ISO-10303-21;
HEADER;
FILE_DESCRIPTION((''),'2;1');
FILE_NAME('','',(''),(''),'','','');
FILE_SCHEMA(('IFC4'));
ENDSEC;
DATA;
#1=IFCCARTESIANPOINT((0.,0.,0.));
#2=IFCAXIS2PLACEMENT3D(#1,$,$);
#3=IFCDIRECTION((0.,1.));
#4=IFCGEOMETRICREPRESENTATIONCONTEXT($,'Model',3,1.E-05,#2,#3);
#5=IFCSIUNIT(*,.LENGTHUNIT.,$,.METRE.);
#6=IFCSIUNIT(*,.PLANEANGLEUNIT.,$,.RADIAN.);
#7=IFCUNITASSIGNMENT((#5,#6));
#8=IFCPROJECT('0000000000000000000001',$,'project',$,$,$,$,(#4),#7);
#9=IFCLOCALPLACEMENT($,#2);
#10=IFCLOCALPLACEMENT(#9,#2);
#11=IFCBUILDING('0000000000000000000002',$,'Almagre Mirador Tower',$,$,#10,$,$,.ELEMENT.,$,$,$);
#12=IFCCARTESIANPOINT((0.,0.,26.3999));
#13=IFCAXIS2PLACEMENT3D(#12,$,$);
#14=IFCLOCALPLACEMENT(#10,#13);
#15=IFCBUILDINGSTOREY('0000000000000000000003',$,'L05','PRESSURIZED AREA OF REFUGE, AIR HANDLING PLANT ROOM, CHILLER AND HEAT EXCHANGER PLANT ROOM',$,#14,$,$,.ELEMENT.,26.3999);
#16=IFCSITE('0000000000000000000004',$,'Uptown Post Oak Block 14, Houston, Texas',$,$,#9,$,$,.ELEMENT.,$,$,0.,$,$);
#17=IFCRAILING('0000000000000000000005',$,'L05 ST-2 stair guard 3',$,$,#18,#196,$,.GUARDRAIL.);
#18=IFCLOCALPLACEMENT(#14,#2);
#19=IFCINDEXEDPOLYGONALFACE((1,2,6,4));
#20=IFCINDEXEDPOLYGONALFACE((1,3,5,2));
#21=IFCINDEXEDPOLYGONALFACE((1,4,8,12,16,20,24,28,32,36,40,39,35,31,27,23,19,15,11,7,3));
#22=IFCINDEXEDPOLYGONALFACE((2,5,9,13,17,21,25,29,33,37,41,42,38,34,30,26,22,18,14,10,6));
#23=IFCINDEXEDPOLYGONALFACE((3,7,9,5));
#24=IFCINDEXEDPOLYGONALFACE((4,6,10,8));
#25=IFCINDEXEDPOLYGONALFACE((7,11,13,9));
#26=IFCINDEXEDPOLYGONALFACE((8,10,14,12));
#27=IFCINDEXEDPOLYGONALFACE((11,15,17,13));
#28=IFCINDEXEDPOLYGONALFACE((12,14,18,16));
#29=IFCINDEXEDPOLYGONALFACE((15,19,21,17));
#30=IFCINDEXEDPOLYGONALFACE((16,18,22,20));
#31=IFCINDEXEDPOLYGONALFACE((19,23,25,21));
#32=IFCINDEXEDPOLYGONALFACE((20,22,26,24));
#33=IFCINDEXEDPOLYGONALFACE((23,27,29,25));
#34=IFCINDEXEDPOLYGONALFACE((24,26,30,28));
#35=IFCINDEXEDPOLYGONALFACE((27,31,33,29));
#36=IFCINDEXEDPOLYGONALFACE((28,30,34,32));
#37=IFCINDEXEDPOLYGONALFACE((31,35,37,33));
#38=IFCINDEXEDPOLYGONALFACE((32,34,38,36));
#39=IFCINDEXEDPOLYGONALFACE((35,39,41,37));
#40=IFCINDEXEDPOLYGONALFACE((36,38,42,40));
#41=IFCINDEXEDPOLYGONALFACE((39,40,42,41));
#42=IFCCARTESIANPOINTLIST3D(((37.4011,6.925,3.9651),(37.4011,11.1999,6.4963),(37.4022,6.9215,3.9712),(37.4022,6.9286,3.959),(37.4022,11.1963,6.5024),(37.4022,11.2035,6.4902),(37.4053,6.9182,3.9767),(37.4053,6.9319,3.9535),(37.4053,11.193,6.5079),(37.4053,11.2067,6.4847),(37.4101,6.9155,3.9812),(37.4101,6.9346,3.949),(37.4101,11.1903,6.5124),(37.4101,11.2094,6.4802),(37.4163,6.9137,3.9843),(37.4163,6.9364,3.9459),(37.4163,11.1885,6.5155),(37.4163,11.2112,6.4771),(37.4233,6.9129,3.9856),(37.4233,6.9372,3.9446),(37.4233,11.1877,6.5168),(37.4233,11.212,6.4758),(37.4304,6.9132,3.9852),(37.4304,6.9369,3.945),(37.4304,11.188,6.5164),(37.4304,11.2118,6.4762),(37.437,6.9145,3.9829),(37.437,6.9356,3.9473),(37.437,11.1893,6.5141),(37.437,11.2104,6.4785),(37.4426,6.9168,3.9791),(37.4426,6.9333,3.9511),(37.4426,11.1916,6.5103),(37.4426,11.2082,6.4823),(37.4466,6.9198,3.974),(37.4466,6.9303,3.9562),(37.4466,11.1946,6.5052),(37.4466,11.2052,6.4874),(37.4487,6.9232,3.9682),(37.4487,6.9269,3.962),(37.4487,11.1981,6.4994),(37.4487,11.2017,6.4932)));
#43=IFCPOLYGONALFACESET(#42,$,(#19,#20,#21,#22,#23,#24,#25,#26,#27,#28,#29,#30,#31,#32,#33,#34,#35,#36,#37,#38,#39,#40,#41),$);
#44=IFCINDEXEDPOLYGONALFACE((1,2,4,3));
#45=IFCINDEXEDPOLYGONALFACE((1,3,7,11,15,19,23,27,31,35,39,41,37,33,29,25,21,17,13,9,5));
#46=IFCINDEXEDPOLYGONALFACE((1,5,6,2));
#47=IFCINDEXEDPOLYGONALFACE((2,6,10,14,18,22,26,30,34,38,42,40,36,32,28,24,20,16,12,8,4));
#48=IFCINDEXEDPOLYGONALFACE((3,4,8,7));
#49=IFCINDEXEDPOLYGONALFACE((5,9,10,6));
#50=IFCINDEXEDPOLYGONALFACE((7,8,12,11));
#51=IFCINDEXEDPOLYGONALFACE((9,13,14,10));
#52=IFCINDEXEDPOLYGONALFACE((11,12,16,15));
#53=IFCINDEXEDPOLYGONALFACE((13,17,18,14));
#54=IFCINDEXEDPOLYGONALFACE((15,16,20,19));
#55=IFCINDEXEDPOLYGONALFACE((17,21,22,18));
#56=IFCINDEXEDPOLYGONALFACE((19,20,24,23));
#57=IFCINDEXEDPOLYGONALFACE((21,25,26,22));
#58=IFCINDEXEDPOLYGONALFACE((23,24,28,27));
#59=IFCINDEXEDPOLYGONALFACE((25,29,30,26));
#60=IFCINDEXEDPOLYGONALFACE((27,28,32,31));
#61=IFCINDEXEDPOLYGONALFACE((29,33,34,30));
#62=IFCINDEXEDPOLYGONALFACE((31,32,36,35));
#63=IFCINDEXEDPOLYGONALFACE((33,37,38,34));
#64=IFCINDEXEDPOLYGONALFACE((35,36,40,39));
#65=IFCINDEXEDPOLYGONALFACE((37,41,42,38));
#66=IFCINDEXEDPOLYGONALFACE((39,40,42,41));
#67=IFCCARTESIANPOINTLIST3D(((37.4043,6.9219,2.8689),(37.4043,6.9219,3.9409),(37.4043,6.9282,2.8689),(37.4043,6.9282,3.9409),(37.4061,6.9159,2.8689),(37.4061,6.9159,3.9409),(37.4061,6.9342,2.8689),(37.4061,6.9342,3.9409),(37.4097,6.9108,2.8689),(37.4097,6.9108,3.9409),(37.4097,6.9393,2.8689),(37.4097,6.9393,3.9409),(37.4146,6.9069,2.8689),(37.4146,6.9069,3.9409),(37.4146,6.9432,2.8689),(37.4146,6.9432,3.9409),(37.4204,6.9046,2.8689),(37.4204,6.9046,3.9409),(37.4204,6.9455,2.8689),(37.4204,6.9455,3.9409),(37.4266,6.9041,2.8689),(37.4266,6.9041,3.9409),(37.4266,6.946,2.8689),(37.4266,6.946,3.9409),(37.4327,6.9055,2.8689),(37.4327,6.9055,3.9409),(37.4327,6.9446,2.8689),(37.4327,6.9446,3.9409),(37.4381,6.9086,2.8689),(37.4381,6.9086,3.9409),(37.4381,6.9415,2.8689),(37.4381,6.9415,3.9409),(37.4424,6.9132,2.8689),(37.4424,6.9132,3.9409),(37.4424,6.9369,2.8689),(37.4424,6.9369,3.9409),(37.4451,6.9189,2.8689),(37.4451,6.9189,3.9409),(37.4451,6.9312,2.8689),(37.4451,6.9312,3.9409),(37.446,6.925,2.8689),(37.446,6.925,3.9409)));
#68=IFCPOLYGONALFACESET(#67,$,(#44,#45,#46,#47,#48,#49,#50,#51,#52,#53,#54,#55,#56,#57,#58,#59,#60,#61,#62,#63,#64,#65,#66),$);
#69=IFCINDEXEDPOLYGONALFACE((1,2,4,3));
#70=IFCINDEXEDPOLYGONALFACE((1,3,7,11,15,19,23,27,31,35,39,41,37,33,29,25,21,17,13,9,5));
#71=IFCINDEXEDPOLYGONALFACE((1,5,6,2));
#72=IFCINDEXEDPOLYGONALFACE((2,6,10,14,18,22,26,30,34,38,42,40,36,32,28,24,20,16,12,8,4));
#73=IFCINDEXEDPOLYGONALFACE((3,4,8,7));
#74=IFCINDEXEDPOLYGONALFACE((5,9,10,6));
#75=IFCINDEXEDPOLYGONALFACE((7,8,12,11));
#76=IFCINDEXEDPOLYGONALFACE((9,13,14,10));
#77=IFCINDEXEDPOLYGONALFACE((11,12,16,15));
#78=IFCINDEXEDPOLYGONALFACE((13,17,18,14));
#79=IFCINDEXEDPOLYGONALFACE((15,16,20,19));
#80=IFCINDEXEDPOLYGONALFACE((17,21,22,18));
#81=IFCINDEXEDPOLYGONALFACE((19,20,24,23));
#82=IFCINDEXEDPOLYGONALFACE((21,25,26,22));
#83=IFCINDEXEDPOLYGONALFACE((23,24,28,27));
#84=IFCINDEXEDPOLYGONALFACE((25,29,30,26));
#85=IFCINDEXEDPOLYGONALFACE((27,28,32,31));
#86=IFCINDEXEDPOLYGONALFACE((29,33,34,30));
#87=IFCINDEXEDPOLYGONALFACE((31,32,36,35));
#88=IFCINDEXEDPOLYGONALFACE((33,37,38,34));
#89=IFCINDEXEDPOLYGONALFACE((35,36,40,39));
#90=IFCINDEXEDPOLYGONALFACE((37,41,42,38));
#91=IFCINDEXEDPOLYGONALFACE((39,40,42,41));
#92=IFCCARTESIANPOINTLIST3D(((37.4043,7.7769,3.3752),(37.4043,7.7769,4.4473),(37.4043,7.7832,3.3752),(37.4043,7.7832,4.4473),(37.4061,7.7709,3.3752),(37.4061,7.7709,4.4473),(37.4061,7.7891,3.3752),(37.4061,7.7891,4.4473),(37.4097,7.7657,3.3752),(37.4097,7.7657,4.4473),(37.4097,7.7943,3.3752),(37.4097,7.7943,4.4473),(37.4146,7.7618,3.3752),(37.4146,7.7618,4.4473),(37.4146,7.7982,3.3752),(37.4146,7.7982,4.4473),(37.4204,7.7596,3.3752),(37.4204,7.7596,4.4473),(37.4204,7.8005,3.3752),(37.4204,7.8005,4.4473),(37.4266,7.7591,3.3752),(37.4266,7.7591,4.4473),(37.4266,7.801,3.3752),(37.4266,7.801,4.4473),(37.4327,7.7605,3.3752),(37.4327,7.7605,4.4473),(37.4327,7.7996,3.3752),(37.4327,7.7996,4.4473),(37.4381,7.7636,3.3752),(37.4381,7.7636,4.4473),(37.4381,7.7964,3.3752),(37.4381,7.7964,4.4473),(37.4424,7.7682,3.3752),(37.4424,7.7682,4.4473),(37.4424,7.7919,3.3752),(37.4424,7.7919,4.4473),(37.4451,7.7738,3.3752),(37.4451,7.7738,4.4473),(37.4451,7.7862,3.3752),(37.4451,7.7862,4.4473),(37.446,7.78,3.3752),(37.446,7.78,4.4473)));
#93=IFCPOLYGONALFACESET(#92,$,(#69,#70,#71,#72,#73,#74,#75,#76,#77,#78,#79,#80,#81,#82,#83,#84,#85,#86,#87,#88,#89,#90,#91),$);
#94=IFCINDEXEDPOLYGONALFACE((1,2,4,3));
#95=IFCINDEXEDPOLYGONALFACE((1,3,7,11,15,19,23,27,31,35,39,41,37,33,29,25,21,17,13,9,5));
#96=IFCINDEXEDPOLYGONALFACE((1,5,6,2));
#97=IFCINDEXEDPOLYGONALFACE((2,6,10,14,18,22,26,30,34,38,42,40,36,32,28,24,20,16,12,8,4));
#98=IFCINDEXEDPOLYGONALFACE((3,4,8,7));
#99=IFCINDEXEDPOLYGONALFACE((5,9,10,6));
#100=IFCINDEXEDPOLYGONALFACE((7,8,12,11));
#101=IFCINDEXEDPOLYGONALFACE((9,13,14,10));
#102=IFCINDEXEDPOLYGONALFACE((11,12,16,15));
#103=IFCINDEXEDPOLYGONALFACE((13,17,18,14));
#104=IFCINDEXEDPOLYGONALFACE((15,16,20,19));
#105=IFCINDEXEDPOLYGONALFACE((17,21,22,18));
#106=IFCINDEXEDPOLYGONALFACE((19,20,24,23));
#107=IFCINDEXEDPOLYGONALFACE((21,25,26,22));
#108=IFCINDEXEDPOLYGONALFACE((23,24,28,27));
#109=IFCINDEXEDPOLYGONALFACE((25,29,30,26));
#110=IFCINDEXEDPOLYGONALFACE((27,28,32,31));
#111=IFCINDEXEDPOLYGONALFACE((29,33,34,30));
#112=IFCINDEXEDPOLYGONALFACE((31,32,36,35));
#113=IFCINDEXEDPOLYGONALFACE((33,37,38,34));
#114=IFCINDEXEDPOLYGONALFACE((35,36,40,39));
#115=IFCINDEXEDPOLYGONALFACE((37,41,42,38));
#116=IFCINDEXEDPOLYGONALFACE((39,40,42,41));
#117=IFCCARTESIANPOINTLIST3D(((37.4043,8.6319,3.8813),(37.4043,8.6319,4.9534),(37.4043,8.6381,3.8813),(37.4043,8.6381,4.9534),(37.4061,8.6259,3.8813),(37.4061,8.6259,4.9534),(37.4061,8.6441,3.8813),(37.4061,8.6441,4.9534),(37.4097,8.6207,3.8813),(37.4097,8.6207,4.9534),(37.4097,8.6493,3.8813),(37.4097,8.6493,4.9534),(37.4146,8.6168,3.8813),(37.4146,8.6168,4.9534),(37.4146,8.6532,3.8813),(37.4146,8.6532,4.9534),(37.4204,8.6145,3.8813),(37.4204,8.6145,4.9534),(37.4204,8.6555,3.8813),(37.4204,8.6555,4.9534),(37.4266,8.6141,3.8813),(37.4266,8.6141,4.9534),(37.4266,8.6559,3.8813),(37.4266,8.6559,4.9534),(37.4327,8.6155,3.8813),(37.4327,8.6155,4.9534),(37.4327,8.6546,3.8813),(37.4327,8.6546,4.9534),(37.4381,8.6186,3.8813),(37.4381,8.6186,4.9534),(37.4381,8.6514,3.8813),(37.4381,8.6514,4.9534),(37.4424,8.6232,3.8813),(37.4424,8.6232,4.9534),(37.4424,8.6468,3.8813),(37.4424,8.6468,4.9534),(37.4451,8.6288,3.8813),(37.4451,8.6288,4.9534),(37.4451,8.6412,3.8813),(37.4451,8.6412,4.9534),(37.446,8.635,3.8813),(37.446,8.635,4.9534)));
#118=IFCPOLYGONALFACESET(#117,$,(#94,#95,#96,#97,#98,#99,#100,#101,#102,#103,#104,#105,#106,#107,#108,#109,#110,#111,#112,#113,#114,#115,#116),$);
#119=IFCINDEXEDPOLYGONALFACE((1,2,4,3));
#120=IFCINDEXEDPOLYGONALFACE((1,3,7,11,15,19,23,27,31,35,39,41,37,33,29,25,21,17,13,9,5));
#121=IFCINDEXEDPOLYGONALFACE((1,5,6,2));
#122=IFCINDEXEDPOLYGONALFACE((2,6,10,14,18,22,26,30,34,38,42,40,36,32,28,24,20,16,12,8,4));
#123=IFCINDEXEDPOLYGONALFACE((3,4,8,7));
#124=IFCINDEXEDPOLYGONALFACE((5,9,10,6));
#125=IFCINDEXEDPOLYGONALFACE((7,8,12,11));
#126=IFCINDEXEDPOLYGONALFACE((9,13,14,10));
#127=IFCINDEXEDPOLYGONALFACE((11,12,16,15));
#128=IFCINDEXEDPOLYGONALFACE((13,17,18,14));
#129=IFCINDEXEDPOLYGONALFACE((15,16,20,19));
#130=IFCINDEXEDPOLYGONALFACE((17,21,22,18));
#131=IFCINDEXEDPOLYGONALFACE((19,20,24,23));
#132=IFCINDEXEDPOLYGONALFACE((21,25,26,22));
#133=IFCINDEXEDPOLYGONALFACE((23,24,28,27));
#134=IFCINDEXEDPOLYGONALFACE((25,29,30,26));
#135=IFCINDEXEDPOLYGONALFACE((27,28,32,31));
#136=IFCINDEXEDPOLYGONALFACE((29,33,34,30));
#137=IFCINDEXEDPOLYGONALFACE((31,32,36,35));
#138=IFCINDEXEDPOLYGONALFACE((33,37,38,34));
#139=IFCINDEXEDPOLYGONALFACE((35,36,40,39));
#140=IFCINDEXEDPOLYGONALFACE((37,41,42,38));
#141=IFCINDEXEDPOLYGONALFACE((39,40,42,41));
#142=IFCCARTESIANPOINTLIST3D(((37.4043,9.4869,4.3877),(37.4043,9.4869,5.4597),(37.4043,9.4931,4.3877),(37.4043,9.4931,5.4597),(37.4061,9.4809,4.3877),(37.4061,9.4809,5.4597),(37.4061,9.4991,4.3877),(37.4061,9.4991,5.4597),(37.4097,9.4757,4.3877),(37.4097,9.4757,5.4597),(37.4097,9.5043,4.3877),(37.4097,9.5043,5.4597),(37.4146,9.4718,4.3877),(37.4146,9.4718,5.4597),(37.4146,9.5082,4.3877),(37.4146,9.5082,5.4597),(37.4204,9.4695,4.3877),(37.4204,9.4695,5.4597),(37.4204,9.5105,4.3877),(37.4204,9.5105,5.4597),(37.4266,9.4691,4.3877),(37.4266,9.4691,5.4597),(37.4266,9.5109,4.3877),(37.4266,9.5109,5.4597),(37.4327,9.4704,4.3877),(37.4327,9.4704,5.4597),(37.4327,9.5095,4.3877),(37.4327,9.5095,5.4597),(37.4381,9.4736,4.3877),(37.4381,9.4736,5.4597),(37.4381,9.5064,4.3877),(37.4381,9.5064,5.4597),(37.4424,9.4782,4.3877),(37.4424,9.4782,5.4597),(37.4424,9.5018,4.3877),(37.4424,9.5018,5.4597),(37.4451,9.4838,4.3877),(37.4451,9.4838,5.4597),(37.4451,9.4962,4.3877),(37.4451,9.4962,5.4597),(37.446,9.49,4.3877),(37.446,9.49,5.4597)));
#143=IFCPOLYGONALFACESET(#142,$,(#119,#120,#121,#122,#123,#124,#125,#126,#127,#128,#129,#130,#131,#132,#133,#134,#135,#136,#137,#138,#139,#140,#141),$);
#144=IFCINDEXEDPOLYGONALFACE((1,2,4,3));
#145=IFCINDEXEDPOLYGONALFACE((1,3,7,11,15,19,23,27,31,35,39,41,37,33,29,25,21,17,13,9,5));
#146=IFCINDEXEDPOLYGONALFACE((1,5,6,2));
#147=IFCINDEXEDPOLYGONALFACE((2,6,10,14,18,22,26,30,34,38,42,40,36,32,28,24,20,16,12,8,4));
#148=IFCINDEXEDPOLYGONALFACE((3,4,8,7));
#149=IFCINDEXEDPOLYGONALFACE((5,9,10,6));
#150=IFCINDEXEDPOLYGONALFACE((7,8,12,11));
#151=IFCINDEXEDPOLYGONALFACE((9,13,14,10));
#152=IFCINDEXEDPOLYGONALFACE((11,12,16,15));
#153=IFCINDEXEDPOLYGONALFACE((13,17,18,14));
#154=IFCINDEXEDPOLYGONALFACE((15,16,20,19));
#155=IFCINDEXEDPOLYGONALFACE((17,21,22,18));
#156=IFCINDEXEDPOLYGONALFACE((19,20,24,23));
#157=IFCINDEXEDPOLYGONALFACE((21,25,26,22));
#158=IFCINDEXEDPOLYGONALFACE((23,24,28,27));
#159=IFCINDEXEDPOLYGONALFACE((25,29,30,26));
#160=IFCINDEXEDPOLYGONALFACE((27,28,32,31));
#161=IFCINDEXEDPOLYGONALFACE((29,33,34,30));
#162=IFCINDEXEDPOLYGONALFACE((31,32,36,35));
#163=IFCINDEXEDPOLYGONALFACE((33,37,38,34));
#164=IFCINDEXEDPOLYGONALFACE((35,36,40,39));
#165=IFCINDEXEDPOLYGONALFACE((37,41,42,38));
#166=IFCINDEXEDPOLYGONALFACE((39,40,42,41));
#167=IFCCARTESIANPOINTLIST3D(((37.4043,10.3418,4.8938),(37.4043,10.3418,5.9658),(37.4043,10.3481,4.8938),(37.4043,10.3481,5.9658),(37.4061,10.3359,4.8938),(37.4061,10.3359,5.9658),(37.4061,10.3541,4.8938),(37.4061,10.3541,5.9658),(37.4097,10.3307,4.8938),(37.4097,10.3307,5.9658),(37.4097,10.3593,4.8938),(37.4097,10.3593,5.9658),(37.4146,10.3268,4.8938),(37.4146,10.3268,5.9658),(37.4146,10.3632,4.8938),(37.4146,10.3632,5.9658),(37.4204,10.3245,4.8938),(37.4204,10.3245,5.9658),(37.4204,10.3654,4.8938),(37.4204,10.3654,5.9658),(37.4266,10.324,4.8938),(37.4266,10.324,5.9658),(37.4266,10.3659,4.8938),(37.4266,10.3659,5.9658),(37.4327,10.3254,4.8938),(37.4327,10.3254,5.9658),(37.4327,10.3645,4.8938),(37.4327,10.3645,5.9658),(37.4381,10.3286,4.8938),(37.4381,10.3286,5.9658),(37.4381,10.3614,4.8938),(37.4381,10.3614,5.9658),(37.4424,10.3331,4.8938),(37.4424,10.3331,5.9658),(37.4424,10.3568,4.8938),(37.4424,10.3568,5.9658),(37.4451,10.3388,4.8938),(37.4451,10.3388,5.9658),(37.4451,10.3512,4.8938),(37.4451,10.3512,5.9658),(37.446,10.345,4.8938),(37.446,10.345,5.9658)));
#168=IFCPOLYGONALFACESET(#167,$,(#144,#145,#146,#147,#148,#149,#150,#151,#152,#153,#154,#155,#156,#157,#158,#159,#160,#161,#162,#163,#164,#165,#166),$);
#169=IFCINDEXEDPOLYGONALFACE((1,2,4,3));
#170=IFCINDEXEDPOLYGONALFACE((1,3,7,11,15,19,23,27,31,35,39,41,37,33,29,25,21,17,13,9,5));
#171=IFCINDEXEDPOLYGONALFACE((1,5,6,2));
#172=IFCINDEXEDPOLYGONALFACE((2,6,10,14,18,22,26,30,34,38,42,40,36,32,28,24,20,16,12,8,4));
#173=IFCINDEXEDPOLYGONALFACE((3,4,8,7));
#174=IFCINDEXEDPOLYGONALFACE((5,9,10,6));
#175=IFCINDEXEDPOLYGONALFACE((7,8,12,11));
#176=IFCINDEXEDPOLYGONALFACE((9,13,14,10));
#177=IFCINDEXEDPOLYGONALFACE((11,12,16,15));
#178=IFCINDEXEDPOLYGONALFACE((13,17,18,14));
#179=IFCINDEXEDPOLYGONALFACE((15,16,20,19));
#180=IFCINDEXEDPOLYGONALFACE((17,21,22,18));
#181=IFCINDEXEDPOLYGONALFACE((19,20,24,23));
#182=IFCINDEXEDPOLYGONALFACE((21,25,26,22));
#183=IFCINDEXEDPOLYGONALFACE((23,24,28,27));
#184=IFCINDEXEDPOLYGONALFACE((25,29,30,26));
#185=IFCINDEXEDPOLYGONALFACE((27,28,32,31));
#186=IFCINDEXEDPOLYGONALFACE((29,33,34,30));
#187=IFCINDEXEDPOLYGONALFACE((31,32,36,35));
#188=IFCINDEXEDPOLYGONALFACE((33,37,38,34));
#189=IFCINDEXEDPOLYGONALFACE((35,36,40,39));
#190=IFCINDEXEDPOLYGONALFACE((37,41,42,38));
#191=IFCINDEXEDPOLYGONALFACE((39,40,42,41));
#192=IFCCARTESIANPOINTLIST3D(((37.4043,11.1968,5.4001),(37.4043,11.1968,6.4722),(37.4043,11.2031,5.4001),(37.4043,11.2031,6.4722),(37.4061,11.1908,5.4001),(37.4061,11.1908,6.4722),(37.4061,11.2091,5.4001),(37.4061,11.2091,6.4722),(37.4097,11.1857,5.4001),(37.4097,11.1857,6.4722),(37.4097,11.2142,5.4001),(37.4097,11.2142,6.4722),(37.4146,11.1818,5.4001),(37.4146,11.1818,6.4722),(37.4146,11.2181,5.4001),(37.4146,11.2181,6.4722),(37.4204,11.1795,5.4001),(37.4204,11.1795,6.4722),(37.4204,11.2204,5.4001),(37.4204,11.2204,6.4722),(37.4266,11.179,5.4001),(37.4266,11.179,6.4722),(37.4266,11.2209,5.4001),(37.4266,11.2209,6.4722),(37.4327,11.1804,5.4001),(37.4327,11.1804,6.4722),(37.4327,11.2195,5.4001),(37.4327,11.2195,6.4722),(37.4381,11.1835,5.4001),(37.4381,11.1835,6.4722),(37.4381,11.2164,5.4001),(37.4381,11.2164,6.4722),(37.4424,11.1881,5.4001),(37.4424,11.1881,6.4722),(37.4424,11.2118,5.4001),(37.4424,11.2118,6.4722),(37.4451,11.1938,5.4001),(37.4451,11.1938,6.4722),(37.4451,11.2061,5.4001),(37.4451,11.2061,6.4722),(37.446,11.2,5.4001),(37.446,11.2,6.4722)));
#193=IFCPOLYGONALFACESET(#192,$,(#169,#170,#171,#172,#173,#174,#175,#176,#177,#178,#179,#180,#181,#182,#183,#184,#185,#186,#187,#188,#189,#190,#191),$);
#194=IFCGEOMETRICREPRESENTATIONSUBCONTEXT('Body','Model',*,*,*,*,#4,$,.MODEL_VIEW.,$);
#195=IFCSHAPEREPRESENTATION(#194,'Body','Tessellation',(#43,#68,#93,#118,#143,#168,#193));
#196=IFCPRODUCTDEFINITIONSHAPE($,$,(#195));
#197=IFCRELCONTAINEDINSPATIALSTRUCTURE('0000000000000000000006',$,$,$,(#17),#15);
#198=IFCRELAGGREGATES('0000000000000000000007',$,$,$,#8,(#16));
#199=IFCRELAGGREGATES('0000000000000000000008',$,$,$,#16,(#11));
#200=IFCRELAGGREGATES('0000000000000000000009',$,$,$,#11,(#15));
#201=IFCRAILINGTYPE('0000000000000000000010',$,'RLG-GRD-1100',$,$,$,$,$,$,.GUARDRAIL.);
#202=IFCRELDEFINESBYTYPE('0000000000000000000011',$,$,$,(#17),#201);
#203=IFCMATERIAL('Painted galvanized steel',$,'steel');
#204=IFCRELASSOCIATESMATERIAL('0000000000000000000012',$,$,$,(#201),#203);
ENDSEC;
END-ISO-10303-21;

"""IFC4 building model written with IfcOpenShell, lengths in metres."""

from ifc_helpers import new_model, si_unit, direction, frame, origin, origin_2d, place, context, subcontext, project, spatial, circle, extrude, material, type_object, element, save


model = new_model("IFC4")

# Units and contexts
model_context = context("Model", 3, precision=1e-05, world=origin(), true_north=direction((0.0, 1.0)))
body_context = subcontext(model_context, "Body", "Model", "MODEL_VIEW")
ifc_project = project(units=[si_unit("LENGTHUNIT", "METRE"), si_unit("PLANEANGLEUNIT", "RADIAN")], contexts=[model_context])

# Site, building, storey
site_placement = place(None, origin())
site = spatial("IfcSite", under=ifc_project, at=site_placement, Name="Uptown Post Oak Block 14, Houston, Texas", CompositionType="ELEMENT", RefElevation=0.0)
building_placement = place(site_placement, origin())
building = spatial("IfcBuilding", under=site, at=building_placement, Name="Almagre Mirador Tower", CompositionType="ELEMENT")
storey_placement = place(building_placement, frame((0.0, 0.0, 26.3999)))
storey = spatial("IfcBuildingStorey", under=building, at=storey_placement, Name="L05", Description="PRESSURIZED AREA OF REFUGE, AIR HANDLING PLANT ROOM, CHILLER AND HEAT EXCHANGER PLANT ROOM", CompositionType="ELEMENT", Elevation=26.3999)

# Railing
ifc_material_1 = material(Name="Painted galvanized steel", Category="steel")
railing_type_1 = type_object("IfcRailingType", Name="RLG-GRD-1100", PredefinedType="GUARDRAIL", material=ifc_material_1)
railing_1_placement = place(storey_placement, frame((37.425, 6.925, 2.8689)))
element("IfcRailing", 1, at=railing_1_placement, inside=storey, type_object=railing_type_1, Name="L05 ST-2 stair guard 3", PredefinedType="GUARDRAIL", context=body_context, shape_type="SweptSolid", body=[
    extrude(circle(Radius=0.0239, at=origin_2d()), frame((0.0, 0.0, 1.0962), z_axis=(0.0, 0.86047, 0.509501), x_axis=(-1.0, 0.0, 0.0)), (0.0, 0.0, 1.0), 4.968),
    extrude(circle(Radius=0.021, at=origin_2d()), origin(), (0.0, 0.0, 1.0), 1.072),
    extrude(circle(Radius=0.021, at=origin_2d()), frame((0.0, 0.855, 0.5063)), (0.0, 0.0, 1.0), 1.072),
    extrude(circle(Radius=0.021, at=origin_2d()), frame((0.0, 1.71, 1.0125)), (0.0, 0.0, 1.0), 1.072),
    extrude(circle(Radius=0.021, at=origin_2d()), frame((0.0, 2.5649, 1.5188)), (0.0, 0.0, 1.0), 1.072),
    extrude(circle(Radius=0.021, at=origin_2d()), frame((0.0, 3.4199, 2.0249)), (0.0, 0.0, 1.0), 1.072),
    extrude(circle(Radius=0.021, at=origin_2d()), frame((0.0, 4.2749, 2.5312)), (0.0, 0.0, 1.0), 1.072),
])

save(model, "model.ifc")
